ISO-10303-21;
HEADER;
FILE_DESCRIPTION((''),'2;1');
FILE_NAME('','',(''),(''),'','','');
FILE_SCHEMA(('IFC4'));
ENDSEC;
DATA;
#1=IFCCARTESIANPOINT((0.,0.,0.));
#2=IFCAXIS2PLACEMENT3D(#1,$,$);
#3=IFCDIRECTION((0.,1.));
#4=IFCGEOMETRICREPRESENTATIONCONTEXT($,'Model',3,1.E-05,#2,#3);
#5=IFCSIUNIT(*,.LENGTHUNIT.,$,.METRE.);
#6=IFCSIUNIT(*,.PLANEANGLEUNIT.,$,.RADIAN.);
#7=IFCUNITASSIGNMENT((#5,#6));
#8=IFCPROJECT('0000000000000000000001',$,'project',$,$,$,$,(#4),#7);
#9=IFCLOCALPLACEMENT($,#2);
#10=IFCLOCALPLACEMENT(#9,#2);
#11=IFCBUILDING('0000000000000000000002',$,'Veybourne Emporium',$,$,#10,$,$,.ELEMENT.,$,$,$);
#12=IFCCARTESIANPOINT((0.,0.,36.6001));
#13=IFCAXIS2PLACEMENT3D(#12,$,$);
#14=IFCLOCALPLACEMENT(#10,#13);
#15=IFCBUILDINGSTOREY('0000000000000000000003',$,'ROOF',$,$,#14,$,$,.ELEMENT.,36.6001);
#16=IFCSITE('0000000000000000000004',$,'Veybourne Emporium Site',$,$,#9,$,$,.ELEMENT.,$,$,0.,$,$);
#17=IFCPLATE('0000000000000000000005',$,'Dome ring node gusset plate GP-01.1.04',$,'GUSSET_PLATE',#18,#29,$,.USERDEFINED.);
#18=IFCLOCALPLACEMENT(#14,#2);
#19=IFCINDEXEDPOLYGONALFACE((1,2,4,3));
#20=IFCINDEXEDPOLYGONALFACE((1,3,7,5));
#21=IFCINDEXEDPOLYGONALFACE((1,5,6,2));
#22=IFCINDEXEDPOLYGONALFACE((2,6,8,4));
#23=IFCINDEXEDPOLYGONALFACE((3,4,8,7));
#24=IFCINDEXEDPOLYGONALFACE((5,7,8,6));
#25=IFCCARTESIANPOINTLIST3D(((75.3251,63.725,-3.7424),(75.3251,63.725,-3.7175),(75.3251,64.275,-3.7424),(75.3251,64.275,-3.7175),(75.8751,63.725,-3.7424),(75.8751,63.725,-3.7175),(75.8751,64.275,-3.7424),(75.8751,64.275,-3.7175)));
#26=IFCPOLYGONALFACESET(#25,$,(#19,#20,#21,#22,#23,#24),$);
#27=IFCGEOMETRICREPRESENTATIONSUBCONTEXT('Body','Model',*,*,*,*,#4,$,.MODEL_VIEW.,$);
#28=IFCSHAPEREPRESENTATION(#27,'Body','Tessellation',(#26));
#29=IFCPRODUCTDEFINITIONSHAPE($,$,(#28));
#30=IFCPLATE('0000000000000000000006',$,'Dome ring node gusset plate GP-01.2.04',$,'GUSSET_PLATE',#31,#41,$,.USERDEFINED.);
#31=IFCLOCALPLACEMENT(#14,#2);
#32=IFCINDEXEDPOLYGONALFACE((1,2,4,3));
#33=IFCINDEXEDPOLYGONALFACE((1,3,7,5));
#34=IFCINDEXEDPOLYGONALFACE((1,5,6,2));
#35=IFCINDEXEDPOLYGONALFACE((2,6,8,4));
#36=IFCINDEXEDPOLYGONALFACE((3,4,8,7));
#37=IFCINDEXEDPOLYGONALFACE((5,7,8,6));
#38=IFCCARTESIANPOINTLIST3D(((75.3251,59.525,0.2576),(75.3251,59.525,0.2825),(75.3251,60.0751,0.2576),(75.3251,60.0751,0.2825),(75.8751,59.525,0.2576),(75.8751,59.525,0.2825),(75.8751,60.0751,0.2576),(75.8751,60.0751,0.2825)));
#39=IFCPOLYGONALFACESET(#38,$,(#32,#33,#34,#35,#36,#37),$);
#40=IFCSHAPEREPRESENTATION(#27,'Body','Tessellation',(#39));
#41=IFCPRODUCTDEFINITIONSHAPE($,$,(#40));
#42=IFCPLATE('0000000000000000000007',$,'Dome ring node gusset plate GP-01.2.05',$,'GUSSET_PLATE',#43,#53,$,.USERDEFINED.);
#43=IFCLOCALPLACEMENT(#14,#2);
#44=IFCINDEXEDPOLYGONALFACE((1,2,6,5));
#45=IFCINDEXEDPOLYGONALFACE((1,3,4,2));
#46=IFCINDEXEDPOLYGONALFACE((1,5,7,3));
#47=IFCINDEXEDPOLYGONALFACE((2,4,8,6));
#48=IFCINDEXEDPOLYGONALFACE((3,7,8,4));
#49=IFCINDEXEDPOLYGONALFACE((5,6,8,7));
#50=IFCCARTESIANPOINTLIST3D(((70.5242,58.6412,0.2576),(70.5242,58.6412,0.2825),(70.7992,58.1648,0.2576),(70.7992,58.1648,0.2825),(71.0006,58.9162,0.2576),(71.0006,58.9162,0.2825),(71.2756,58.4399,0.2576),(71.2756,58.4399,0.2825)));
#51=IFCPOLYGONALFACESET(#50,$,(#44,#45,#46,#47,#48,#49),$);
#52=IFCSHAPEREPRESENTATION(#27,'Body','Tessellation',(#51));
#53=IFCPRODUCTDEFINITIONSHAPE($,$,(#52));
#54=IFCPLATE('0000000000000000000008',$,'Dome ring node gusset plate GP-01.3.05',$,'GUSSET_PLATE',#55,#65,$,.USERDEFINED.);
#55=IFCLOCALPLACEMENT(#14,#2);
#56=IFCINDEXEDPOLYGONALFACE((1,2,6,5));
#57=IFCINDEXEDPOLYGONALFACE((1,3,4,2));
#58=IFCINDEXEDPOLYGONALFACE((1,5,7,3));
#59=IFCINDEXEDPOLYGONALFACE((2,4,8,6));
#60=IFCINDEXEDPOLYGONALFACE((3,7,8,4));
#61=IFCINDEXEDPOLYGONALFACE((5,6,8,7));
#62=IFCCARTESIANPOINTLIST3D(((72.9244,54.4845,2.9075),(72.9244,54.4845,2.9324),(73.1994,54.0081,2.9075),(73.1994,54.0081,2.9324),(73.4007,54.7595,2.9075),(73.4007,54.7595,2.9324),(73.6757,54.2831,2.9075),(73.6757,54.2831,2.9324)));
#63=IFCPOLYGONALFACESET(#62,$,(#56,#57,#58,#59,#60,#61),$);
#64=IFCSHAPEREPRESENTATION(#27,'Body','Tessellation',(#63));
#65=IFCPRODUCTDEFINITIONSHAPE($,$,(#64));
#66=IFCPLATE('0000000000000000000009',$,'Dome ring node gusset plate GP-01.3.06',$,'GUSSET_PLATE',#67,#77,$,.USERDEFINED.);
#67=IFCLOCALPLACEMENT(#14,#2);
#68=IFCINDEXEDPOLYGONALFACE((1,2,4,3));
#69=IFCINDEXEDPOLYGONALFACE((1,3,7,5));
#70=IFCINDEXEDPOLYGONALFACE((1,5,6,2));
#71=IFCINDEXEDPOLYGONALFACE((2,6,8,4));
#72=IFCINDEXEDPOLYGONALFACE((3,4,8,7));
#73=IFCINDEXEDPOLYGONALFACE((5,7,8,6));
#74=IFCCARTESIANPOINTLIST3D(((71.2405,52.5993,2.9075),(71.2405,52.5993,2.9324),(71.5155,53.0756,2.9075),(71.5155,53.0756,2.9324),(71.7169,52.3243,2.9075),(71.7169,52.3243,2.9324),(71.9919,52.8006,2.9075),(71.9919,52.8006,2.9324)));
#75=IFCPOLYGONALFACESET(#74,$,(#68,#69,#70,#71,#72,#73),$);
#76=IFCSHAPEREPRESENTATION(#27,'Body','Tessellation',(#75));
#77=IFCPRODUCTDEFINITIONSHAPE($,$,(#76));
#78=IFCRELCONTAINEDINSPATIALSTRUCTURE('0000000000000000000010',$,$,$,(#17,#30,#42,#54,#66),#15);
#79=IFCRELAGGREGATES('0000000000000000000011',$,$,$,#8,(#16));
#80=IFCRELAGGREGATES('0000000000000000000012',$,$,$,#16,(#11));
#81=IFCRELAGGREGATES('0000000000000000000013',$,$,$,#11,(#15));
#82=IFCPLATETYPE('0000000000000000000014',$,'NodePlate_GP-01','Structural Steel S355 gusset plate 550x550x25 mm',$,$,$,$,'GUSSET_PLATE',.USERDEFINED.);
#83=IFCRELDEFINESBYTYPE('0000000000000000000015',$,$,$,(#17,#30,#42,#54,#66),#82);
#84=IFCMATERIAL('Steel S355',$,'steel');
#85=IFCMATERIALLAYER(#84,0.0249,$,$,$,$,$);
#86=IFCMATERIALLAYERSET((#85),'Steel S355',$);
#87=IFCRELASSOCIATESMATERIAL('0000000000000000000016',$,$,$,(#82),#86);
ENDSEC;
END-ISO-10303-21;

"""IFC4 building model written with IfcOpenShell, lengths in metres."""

from ifc_helpers import new_model, si_unit, direction, frame, origin, origin_2d, place, context, subcontext, project, spatial, rectangle, extrude, material, layer, layer_set, type_object, element, save


model = new_model("IFC4")

# Units and contexts
model_context = context("Model", 3, precision=1e-05, world=origin(), true_north=direction((0.0, 1.0)))
body_context = subcontext(model_context, "Body", "Model", "MODEL_VIEW")
ifc_project = project(units=[si_unit("LENGTHUNIT", "METRE"), si_unit("PLANEANGLEUNIT", "RADIAN")], contexts=[model_context])

# Site, building, storey
site_placement = place(None, origin())
site = spatial("IfcSite", under=ifc_project, at=site_placement, Name="Veybourne Emporium Site", CompositionType="ELEMENT", RefElevation=0.0)
building_placement = place(site_placement, origin())
building = spatial("IfcBuilding", under=site, at=building_placement, Name="Veybourne Emporium", CompositionType="ELEMENT")
storey_placement = place(building_placement, frame((0.0, 0.0, 36.6001)))
storey = spatial("IfcBuildingStorey", under=building, at=storey_placement, Name="ROOF", CompositionType="ELEMENT", Elevation=36.6001)

# Shared definitions
ifc_material_1 = material(Name="Steel S355", Category="steel")

# Plates
ifc_layer_1 = layer(ifc_material_1, 0.0249)
ifc_layer_set_1 = layer_set([ifc_layer_1], Name="Steel S355")
plate_type_1 = type_object("IfcPlateType", Name="NodePlate_GP-01", Description="Structural Steel S355 gusset plate 550x550x25 mm", ElementType="GUSSET_PLATE", PredefinedType="USERDEFINED", material=ifc_layer_set_1)
for number, where, z_axis, x_axis, name in (
    (1, (75.6001, 64.0, -3.7424), (0.0, 0.0, 1.0), (0.0, 1.0, 0.0), "Dome ring node gusset plate GP-01.1.04"),
    (2, (75.6001, 59.8, 0.2576), (0.0, 0.0, 1.0), (0.0, 1.0, 0.0), "Dome ring node gusset plate GP-01.2.04"),
    (3, (70.8999, 58.5405, 0.2576), (0.0, 0.0, 1.0), (-0.5, 0.866025, 0.0), "Dome ring node gusset plate GP-01.2.05"),
    (4, (73.3, 54.3838, 2.9075), (0.0, 0.0, 1.0), (-0.5, 0.866025, 0.0), "Dome ring node gusset plate GP-01.3.05"),
    (5, (71.6162, 52.7, 2.9075), (0.0, 0.0, 1.0), (-0.866025, 0.5, 0.0), "Dome ring node gusset plate GP-01.3.06"),
):
    element("IfcPlate", number, at=place(storey_placement, frame(where, z_axis=z_axis, x_axis=x_axis)), inside=storey, type_object=plate_type_1, Name=name, ObjectType="GUSSET_PLATE", PredefinedType="USERDEFINED", context=body_context, shape_type="SweptSolid", body=[
        extrude(rectangle(XDim=0.55, YDim=0.55, at=origin_2d()), origin(), (0.0, 0.0, 1.0), 0.0249),
    ])

save(model, "model.ifc")
